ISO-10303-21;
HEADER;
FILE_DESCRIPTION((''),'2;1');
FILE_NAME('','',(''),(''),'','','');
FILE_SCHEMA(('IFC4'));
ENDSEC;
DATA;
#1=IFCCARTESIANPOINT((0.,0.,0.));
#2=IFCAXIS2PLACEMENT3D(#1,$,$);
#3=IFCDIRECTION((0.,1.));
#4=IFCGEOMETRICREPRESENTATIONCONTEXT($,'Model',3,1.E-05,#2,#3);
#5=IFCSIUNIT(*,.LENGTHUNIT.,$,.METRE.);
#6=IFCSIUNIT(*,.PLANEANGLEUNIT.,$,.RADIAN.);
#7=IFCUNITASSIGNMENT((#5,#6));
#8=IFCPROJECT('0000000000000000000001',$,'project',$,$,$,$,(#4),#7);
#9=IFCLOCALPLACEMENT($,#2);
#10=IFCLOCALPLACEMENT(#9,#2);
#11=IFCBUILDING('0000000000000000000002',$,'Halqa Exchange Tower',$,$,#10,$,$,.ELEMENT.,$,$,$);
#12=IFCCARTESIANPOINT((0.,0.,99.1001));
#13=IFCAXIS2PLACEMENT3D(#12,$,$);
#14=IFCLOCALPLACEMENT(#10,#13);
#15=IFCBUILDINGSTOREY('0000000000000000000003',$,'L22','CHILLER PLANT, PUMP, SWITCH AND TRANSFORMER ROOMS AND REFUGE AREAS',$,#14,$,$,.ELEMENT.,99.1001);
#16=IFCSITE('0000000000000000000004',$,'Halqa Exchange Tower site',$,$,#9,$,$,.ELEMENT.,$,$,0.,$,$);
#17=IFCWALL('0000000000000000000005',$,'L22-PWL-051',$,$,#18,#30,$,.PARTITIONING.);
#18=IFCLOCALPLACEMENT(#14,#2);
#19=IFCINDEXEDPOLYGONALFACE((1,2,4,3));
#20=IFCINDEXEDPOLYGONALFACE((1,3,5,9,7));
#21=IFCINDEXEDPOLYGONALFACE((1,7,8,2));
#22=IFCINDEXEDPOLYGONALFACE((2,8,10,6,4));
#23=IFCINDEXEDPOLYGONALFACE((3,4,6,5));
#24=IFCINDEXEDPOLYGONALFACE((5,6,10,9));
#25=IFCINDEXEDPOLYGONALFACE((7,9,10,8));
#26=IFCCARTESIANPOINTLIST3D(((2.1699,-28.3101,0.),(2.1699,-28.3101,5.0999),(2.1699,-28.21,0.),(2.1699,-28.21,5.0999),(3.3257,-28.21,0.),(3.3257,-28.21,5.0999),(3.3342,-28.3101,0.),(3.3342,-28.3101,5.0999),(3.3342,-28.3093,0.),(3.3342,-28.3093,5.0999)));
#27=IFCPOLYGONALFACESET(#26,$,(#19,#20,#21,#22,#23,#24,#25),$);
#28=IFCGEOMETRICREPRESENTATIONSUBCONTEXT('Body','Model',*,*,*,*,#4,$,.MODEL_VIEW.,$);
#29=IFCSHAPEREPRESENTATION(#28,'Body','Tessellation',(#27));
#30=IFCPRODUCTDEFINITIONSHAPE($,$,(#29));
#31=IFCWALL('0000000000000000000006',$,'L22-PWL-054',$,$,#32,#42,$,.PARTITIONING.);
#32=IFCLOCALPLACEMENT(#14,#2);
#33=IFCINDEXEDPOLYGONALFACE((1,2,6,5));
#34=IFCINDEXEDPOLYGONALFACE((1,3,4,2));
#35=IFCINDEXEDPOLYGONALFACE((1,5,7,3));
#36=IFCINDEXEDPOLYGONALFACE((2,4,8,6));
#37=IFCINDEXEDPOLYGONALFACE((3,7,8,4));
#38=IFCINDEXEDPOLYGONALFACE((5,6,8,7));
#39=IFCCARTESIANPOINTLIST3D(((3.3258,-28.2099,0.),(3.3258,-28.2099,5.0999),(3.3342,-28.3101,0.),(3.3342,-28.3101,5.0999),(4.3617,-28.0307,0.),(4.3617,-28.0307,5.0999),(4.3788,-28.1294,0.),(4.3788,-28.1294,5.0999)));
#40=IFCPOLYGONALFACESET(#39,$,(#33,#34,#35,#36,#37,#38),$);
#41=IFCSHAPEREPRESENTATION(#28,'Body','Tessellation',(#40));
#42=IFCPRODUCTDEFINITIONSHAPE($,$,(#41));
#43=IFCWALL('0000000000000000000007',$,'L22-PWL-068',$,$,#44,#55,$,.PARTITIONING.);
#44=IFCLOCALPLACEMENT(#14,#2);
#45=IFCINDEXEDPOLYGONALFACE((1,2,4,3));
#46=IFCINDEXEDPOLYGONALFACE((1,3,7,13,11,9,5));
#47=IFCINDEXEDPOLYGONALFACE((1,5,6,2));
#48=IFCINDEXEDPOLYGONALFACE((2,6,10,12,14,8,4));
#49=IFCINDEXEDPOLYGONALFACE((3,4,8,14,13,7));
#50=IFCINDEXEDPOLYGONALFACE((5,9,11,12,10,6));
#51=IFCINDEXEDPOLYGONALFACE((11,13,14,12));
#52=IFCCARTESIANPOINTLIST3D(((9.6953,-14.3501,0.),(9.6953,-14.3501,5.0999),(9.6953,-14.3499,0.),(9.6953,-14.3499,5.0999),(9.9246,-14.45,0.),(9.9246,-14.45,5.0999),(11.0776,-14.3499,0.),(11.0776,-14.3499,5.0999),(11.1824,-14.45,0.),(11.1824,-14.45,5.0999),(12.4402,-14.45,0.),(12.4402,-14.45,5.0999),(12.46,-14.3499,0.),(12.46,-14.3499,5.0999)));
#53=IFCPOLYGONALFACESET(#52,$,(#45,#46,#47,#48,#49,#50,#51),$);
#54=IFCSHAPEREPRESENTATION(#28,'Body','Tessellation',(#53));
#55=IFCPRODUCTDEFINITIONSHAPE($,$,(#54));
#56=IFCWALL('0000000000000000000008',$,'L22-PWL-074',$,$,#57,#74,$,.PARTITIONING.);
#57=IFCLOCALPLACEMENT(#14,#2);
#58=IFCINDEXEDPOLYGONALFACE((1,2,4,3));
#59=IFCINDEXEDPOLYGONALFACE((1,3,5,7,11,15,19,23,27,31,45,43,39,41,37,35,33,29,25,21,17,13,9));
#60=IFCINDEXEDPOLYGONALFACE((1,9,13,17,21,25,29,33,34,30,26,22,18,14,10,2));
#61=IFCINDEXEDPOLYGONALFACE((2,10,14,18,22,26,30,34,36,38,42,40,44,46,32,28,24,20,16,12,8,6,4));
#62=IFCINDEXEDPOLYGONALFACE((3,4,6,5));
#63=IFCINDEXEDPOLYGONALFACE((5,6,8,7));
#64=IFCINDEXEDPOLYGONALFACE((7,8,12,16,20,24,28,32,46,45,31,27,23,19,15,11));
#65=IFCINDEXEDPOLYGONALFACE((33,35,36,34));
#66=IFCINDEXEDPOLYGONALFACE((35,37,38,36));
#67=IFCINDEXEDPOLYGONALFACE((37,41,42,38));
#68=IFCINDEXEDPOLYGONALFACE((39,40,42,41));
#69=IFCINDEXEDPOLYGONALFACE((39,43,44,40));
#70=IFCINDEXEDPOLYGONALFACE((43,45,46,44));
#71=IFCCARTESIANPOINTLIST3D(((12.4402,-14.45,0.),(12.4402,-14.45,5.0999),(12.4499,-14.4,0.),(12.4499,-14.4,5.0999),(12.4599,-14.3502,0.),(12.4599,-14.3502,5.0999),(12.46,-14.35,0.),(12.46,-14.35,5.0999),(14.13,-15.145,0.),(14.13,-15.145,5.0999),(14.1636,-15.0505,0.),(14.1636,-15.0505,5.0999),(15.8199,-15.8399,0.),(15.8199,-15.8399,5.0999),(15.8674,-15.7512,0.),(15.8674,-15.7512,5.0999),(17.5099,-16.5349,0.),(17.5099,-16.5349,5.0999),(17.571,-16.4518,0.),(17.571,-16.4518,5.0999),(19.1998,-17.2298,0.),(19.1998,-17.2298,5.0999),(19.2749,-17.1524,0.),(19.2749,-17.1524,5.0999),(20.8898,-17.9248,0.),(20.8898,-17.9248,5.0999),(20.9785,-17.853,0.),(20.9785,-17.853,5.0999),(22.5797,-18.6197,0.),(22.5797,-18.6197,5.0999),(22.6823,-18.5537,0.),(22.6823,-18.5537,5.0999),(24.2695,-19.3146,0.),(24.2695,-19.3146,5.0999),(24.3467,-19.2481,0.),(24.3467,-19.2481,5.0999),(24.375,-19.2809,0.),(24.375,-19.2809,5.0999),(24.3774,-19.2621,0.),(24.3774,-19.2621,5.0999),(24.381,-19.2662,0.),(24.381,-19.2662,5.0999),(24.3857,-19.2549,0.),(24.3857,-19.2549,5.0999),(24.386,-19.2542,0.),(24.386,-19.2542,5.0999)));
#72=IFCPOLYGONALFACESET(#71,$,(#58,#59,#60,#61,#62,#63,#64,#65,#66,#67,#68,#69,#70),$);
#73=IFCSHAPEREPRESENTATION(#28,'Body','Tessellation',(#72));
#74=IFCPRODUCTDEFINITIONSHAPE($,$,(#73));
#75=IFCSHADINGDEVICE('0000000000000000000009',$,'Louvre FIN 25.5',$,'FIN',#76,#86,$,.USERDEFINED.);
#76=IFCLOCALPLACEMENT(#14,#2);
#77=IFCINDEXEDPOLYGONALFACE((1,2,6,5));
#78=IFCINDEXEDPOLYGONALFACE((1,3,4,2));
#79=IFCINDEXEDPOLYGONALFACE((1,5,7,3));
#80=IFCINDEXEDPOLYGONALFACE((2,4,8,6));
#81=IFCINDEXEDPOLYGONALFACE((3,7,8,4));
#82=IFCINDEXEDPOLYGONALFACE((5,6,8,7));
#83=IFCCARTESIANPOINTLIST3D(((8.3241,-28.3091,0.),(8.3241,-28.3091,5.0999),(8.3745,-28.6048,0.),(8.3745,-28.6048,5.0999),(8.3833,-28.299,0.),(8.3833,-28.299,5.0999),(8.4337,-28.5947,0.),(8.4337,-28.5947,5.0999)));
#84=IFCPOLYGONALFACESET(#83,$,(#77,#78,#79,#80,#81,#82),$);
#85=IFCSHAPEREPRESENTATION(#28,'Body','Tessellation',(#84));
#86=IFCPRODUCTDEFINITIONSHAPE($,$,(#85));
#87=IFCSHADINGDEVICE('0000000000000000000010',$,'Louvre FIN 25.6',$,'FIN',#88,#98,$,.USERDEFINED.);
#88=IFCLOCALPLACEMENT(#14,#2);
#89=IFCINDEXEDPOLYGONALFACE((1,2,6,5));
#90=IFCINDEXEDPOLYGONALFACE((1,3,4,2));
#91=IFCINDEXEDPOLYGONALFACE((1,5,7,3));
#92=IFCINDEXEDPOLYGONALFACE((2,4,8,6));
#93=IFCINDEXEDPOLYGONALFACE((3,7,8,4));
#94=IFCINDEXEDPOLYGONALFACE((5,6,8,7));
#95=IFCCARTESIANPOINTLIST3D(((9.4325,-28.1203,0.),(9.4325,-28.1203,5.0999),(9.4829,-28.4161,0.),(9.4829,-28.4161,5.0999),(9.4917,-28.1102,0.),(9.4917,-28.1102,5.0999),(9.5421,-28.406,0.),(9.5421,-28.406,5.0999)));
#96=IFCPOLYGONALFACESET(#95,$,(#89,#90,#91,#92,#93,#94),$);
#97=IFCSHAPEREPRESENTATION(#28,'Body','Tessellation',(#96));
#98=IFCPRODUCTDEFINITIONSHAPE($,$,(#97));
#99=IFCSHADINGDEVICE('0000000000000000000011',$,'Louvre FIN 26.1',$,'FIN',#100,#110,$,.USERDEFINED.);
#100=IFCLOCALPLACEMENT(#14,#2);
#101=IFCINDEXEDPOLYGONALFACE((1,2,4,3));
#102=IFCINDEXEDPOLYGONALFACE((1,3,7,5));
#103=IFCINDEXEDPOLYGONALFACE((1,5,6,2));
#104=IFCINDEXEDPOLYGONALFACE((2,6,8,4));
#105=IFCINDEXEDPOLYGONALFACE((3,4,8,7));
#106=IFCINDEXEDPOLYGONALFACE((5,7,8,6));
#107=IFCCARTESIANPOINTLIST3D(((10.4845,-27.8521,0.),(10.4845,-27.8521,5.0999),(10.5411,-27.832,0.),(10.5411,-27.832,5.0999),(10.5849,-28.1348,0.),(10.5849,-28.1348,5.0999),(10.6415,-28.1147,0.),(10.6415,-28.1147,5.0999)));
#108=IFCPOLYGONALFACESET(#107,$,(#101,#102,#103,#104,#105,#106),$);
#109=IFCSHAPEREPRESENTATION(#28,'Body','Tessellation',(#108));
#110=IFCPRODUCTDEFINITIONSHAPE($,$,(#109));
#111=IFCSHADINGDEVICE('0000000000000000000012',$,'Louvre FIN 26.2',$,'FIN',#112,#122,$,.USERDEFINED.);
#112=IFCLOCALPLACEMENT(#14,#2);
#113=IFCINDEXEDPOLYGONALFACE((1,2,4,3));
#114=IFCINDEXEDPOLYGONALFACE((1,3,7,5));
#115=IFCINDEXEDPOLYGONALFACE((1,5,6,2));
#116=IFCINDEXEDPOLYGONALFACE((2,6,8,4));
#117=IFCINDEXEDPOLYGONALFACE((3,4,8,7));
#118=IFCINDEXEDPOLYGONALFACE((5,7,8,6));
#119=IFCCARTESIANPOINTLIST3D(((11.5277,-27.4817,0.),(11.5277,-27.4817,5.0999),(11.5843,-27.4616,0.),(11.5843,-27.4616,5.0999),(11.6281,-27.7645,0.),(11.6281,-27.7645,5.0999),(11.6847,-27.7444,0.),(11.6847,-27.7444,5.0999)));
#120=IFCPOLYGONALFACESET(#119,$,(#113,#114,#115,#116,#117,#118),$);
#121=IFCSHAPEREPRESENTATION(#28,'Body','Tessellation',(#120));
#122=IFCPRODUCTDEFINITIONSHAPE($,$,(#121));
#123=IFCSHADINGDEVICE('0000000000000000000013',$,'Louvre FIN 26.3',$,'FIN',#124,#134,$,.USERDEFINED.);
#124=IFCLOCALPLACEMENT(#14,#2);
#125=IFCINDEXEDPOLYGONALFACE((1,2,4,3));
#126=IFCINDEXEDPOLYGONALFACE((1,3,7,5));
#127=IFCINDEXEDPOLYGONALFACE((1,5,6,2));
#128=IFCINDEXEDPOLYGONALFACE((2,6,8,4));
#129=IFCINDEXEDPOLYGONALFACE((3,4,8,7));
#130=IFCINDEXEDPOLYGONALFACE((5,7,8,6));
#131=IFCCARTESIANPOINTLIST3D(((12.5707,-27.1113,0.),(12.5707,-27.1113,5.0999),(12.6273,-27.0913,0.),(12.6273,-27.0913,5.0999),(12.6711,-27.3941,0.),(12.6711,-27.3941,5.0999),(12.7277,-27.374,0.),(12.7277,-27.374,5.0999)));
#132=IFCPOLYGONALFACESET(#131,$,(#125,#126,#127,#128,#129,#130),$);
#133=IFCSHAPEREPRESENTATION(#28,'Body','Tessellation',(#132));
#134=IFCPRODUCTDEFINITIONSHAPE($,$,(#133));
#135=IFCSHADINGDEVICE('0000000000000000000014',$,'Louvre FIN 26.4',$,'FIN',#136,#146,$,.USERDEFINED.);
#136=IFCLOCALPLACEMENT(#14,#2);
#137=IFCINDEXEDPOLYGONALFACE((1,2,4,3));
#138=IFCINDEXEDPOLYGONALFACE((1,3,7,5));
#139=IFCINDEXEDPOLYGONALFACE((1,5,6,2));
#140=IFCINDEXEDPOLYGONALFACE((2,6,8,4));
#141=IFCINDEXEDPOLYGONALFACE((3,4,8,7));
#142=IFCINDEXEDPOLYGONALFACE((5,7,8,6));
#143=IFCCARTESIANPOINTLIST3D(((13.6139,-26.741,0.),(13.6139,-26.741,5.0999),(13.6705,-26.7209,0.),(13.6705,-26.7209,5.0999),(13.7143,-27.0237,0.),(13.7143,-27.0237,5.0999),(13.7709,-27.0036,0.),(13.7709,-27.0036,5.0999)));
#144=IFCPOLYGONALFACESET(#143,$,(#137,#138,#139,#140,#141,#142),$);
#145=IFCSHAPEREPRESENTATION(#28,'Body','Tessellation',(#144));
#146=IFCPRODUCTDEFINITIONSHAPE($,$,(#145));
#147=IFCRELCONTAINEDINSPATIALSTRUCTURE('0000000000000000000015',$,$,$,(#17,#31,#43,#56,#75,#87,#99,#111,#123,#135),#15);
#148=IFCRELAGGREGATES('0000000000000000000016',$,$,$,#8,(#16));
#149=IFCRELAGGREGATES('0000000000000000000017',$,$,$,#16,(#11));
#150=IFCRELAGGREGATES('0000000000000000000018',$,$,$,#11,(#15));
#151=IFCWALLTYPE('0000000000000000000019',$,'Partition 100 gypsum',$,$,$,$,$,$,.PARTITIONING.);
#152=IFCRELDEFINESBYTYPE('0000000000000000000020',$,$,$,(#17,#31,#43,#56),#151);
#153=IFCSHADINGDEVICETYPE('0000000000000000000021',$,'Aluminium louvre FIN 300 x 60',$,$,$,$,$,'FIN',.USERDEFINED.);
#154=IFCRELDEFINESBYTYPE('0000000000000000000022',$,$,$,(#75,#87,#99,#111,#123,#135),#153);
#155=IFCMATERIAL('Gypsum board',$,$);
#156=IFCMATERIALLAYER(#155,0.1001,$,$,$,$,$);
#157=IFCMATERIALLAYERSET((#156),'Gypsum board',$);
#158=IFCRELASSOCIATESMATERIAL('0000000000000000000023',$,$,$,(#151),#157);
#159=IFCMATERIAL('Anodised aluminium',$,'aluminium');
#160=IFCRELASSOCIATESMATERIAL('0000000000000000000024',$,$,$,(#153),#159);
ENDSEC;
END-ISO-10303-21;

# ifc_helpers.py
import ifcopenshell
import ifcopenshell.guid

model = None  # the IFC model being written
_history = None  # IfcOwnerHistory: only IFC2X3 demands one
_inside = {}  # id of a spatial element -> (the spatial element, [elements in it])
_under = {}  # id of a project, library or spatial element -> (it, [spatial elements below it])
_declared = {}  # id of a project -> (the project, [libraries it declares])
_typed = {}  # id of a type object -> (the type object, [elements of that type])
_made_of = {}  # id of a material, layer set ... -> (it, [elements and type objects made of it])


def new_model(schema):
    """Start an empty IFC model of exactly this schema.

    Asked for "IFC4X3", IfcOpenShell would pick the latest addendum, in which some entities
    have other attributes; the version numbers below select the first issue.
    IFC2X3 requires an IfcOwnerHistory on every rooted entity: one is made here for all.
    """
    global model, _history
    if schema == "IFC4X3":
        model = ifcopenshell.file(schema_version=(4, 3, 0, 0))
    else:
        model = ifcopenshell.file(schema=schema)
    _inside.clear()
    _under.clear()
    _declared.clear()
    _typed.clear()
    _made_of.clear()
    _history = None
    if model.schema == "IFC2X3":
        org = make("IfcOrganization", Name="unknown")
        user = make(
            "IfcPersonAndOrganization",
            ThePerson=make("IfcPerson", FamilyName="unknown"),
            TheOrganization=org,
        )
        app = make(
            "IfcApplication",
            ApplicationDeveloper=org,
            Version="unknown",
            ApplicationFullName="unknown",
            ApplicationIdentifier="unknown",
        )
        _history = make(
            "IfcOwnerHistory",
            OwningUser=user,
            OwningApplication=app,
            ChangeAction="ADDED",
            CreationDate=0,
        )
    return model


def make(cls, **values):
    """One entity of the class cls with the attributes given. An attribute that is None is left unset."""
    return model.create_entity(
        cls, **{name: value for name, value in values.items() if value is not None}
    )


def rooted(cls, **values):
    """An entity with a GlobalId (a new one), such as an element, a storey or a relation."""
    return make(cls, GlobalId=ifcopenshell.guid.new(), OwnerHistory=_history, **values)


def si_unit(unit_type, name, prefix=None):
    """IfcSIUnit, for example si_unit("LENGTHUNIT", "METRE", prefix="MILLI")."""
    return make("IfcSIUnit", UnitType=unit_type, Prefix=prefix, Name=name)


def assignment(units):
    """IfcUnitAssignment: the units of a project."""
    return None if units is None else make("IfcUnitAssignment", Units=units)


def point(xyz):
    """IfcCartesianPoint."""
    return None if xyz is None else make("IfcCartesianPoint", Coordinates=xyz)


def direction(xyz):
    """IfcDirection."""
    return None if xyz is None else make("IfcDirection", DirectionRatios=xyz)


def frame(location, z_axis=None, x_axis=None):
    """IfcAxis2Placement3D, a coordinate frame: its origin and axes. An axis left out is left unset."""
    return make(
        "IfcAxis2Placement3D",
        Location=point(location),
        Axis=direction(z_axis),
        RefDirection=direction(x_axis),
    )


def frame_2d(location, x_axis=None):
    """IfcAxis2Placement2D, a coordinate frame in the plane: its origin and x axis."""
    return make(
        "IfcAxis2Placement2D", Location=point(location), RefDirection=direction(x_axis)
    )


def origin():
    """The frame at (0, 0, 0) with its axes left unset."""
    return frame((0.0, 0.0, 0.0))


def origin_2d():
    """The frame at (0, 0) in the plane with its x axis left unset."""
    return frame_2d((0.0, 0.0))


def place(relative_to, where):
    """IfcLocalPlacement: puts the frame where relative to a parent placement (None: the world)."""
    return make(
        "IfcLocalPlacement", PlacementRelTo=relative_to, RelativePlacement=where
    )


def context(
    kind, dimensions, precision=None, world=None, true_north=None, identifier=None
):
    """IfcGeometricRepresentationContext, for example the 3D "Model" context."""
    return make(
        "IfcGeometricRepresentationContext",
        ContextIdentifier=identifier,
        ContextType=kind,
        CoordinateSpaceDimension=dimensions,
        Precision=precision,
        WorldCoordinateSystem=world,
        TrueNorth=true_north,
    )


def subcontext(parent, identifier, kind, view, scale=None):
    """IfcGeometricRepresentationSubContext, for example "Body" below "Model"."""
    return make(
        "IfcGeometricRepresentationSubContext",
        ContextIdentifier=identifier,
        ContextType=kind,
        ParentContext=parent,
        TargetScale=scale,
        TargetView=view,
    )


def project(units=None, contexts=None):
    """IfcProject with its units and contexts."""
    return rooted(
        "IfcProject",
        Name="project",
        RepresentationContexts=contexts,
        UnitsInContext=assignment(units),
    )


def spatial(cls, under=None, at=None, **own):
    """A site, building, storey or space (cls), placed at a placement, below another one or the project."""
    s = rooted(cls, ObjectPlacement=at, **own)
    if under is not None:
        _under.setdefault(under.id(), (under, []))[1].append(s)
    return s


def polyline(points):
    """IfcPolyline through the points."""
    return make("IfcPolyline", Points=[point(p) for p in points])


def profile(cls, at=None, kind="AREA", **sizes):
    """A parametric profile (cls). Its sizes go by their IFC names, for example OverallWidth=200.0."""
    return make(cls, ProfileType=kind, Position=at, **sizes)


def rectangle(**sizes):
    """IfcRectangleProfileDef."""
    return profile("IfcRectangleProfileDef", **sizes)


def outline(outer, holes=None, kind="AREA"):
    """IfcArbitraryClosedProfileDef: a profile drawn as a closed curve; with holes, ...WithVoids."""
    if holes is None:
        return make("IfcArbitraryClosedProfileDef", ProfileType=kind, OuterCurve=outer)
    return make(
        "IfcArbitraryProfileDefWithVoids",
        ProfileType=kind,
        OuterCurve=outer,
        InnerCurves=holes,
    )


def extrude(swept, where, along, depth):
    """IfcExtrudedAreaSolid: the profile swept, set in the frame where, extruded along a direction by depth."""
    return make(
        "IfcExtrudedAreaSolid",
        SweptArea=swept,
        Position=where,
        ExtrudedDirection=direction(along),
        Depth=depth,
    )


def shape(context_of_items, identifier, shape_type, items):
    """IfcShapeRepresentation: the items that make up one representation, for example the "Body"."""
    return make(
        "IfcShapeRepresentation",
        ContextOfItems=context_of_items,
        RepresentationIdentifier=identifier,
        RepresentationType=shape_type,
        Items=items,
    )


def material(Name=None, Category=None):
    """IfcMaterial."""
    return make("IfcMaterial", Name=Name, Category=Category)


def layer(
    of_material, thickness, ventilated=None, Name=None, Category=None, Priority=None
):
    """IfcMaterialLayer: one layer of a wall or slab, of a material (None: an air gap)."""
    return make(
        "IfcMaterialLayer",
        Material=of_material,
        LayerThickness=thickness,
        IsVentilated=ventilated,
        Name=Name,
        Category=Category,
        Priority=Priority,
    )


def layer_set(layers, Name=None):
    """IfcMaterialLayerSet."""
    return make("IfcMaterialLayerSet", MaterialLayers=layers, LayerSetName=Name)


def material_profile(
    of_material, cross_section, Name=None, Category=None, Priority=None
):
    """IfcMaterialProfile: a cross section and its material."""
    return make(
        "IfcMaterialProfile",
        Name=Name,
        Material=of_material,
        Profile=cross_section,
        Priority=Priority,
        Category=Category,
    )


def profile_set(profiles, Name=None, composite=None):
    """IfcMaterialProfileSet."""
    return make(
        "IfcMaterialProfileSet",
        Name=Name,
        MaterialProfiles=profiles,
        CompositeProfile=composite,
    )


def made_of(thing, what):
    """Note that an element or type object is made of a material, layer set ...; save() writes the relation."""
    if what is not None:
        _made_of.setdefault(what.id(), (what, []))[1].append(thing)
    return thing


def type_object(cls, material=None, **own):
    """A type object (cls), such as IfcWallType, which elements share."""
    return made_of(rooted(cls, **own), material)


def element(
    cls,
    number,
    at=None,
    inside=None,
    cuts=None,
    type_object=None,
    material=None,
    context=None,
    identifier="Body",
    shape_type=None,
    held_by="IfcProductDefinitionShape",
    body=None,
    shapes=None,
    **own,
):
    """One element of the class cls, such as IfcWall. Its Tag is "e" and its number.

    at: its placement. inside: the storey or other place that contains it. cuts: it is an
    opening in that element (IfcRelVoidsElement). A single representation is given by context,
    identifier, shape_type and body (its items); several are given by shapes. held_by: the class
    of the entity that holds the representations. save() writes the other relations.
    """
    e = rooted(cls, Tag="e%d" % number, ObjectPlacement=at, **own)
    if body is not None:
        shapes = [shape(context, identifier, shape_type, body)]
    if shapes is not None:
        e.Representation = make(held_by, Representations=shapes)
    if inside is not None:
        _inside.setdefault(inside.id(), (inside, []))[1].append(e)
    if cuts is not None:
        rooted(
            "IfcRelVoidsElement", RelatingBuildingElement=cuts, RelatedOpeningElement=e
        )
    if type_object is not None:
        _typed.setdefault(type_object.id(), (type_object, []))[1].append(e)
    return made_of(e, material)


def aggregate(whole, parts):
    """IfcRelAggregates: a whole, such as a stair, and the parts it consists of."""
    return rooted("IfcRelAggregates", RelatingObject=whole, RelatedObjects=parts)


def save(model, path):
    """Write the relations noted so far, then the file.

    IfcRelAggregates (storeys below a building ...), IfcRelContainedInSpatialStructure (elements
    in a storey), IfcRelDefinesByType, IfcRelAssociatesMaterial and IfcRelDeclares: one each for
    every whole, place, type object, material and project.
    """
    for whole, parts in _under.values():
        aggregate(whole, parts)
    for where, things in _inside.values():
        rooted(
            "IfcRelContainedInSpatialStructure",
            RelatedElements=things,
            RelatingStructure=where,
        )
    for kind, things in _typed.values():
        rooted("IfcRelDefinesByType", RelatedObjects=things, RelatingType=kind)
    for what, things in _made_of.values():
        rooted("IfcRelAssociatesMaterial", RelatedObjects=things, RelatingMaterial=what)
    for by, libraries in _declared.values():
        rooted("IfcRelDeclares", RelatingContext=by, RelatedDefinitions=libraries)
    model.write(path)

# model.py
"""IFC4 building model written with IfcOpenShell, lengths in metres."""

from ifc_helpers import new_model, si_unit, direction, frame, origin, origin_2d, place, context, subcontext, project, spatial, polyline, rectangle, outline, extrude, material, layer, layer_set, material_profile, profile_set, type_object, element, save


model = new_model("IFC4")

# Units and contexts
model_context = context("Model", 3, precision=1e-05, world=origin(), true_north=direction((0.0, 1.0)))
body_context = subcontext(model_context, "Body", "Model", "MODEL_VIEW")
ifc_project = project(units=[si_unit("LENGTHUNIT", "METRE"), si_unit("PLANEANGLEUNIT", "RADIAN")], contexts=[model_context])

# Site, building, storey
site_placement = place(None, origin())
site = spatial("IfcSite", under=ifc_project, at=site_placement, Name="Halqa Exchange Tower site", CompositionType="ELEMENT", RefElevation=0.0)
building_placement = place(site_placement, origin())
building = spatial("IfcBuilding", under=site, at=building_placement, Name="Halqa Exchange Tower", CompositionType="ELEMENT")
storey_placement = place(building_placement, frame((0.0, 0.0, 99.1001)))
storey = spatial("IfcBuildingStorey", under=building, at=storey_placement, Name="L22", Description="CHILLER PLANT, PUMP, SWITCH AND TRANSFORMER ROOMS AND REFUGE AREAS", CompositionType="ELEMENT", Elevation=99.1001)

# Walls
ifc_material_1 = material(Name="Gypsum board")
ifc_layer_1 = layer(ifc_material_1, 0.1001)
ifc_layer_set_1 = layer_set([ifc_layer_1], Name="Gypsum board")
wall_type_1 = type_object("IfcWallType", Name="Partition 100 gypsum", PredefinedType="PARTITIONING", material=ifc_layer_set_1)
wall_1_placement = place(storey_placement, frame((2.1699, -28.26, 0.0), z_axis=(0.0, 0.0, 1.0), x_axis=(1.0, 0.0, 0.0)))
element("IfcWall", 1, at=wall_1_placement, inside=storey, type_object=wall_type_1, Name="L22-PWL-051", PredefinedType="PARTITIONING", context=body_context, shape_type="SweptSolid", body=[
    extrude(outline(polyline([(1.1643, -0.05), (1.1643, -0.0493), (1.1558, 0.05), (0.0, 0.05), (0.0, -0.05), (1.1643, -0.05)])), origin(), (0.0, 0.0, 1.0), 5.0999),
])
wall_2_placement = place(storey_placement, frame((3.3257, -28.2607, 0.0), z_axis=(0.0, 0.0, 1.0), x_axis=(0.985367, 0.170447, 0.0)))
element("IfcWall", 2, at=wall_2_placement, inside=storey, type_object=wall_type_1, Name="L22-PWL-054", PredefinedType="PARTITIONING", context=body_context, shape_type="SweptSolid", body=[
    extrude(outline(polyline([(1.0601, 0.05), (0.0088, 0.05), (0.0, -0.05), (1.0601, -0.05), (1.0601, 0.05)])), origin(), (0.0, 0.0, 1.0), 5.0999),
])
wall_3_placement = place(storey_placement, frame((9.6953, -14.3999, 0.0), z_axis=(0.0, 0.0, 1.0), x_axis=(1.0, 0.0, 0.0)))
element("IfcWall", 3, at=wall_3_placement, inside=storey, type_object=wall_type_1, Name="L22-PWL-068", PredefinedType="PARTITIONING", context=body_context, shape_type="SweptSolid", body=[
    extrude(outline(polyline([(0.2292, -0.05), (1.4871, -0.05), (2.7449, -0.05), (2.7646, 0.05), (1.3823, 0.05), (0.0, 0.05), (0.0, 0.0498), (0.2292, -0.05)])), origin(), (0.0, 0.0, 1.0), 5.0999),
])
wall_4_placement = place(storey_placement, frame((12.4409, -14.3962, 0.0), z_axis=(0.0, 0.0, 1.0), x_axis=(0.924853, -0.380324, 0.0)))
element("IfcWall", 4, at=wall_4_placement, inside=storey, type_object=wall_type_1, Name="L22-PWL-074", PredefinedType="PARTITIONING", context=body_context, shape_type="SweptSolid", body=[
    extrude(outline(polyline([(0.0198, -0.05), (1.8469, -0.05), (3.6741, -0.05), (5.5015, -0.05), (7.3286, -0.05), (9.156, -0.05), (10.9832, -0.05), (12.8103, -0.05), (12.8564, 0.0408), (12.895, 0.0212), (12.895, 0.0371), (12.8901, 0.0396), (12.895, 0.0493), (12.895, 0.05), (11.053, 0.05), (9.2107, 0.05), (7.3687, 0.05), (5.5264, 0.05), (3.6843, 0.05), (1.842, 0.05), (0.0, 0.05), (0.0, 0.0498), (0.0098, 0.0), (0.0198, -0.05)])), origin(), (0.0, 0.0, 1.0), 5.0999),
])

# Shading devices
ifc_material_2 = material(Name="Anodised aluminium", Category="aluminium")
ifc_material_profile_1 = material_profile(ifc_material_2, rectangle(XDim=0.3, YDim=0.0601, at=origin_2d()), Name="AL FIN 300x60")
ifc_profile_set_1 = profile_set([ifc_material_profile_1], Name="Anodised aluminium")
shading_device_type = type_object("IfcShadingDeviceType", Name="Aluminium louvre FIN 300 x 60", ElementType="FIN", PredefinedType="USERDEFINED", material=ifc_profile_set_1)
for number, where, z_axis, x_axis, name in (
    (5, (8.3789, -28.4519, 0.0), (0.0, 0.0, 1.0), (-0.168068, 0.985775, 0.0), "Louvre FIN 25.5"),
    (6, (9.4873, -28.2632, 0.0), (0.0, 0.0, 1.0), (-0.168068, 0.985775, 0.0), "Louvre FIN 25.6"),
    (7, (10.563, -27.9834, 0.0), (0.0, 0.0, 1.0), (-0.334578, 0.942368, 0.0), "Louvre FIN 26.1"),
    (8, (11.6062, -27.613, 0.0), (0.0, 0.0, 1.0), (-0.334578, 0.942368, 0.0), "Louvre FIN 26.2"),
    (9, (12.6492, -27.2427, 0.0), (0.0, 0.0, 1.0), (-0.334578, 0.942368, 0.0), "Louvre FIN 26.3"),
    (10, (13.6924, -26.8723, 0.0), (0.0, 0.0, 1.0), (-0.334578, 0.942368, 0.0), "Louvre FIN 26.4"),
):
    element("IfcShadingDevice", number, at=place(storey_placement, frame(where, z_axis=z_axis, x_axis=x_axis)), inside=storey, type_object=shading_device_type, Name=name, ObjectType="FIN", PredefinedType="USERDEFINED", context=body_context, shape_type="SweptSolid", body=[
        extrude(rectangle(XDim=0.3, YDim=0.0601, at=origin_2d()), origin(), (0.0, 0.0, 1.0), 5.0999),
    ])

save(model, "model.ifc")
